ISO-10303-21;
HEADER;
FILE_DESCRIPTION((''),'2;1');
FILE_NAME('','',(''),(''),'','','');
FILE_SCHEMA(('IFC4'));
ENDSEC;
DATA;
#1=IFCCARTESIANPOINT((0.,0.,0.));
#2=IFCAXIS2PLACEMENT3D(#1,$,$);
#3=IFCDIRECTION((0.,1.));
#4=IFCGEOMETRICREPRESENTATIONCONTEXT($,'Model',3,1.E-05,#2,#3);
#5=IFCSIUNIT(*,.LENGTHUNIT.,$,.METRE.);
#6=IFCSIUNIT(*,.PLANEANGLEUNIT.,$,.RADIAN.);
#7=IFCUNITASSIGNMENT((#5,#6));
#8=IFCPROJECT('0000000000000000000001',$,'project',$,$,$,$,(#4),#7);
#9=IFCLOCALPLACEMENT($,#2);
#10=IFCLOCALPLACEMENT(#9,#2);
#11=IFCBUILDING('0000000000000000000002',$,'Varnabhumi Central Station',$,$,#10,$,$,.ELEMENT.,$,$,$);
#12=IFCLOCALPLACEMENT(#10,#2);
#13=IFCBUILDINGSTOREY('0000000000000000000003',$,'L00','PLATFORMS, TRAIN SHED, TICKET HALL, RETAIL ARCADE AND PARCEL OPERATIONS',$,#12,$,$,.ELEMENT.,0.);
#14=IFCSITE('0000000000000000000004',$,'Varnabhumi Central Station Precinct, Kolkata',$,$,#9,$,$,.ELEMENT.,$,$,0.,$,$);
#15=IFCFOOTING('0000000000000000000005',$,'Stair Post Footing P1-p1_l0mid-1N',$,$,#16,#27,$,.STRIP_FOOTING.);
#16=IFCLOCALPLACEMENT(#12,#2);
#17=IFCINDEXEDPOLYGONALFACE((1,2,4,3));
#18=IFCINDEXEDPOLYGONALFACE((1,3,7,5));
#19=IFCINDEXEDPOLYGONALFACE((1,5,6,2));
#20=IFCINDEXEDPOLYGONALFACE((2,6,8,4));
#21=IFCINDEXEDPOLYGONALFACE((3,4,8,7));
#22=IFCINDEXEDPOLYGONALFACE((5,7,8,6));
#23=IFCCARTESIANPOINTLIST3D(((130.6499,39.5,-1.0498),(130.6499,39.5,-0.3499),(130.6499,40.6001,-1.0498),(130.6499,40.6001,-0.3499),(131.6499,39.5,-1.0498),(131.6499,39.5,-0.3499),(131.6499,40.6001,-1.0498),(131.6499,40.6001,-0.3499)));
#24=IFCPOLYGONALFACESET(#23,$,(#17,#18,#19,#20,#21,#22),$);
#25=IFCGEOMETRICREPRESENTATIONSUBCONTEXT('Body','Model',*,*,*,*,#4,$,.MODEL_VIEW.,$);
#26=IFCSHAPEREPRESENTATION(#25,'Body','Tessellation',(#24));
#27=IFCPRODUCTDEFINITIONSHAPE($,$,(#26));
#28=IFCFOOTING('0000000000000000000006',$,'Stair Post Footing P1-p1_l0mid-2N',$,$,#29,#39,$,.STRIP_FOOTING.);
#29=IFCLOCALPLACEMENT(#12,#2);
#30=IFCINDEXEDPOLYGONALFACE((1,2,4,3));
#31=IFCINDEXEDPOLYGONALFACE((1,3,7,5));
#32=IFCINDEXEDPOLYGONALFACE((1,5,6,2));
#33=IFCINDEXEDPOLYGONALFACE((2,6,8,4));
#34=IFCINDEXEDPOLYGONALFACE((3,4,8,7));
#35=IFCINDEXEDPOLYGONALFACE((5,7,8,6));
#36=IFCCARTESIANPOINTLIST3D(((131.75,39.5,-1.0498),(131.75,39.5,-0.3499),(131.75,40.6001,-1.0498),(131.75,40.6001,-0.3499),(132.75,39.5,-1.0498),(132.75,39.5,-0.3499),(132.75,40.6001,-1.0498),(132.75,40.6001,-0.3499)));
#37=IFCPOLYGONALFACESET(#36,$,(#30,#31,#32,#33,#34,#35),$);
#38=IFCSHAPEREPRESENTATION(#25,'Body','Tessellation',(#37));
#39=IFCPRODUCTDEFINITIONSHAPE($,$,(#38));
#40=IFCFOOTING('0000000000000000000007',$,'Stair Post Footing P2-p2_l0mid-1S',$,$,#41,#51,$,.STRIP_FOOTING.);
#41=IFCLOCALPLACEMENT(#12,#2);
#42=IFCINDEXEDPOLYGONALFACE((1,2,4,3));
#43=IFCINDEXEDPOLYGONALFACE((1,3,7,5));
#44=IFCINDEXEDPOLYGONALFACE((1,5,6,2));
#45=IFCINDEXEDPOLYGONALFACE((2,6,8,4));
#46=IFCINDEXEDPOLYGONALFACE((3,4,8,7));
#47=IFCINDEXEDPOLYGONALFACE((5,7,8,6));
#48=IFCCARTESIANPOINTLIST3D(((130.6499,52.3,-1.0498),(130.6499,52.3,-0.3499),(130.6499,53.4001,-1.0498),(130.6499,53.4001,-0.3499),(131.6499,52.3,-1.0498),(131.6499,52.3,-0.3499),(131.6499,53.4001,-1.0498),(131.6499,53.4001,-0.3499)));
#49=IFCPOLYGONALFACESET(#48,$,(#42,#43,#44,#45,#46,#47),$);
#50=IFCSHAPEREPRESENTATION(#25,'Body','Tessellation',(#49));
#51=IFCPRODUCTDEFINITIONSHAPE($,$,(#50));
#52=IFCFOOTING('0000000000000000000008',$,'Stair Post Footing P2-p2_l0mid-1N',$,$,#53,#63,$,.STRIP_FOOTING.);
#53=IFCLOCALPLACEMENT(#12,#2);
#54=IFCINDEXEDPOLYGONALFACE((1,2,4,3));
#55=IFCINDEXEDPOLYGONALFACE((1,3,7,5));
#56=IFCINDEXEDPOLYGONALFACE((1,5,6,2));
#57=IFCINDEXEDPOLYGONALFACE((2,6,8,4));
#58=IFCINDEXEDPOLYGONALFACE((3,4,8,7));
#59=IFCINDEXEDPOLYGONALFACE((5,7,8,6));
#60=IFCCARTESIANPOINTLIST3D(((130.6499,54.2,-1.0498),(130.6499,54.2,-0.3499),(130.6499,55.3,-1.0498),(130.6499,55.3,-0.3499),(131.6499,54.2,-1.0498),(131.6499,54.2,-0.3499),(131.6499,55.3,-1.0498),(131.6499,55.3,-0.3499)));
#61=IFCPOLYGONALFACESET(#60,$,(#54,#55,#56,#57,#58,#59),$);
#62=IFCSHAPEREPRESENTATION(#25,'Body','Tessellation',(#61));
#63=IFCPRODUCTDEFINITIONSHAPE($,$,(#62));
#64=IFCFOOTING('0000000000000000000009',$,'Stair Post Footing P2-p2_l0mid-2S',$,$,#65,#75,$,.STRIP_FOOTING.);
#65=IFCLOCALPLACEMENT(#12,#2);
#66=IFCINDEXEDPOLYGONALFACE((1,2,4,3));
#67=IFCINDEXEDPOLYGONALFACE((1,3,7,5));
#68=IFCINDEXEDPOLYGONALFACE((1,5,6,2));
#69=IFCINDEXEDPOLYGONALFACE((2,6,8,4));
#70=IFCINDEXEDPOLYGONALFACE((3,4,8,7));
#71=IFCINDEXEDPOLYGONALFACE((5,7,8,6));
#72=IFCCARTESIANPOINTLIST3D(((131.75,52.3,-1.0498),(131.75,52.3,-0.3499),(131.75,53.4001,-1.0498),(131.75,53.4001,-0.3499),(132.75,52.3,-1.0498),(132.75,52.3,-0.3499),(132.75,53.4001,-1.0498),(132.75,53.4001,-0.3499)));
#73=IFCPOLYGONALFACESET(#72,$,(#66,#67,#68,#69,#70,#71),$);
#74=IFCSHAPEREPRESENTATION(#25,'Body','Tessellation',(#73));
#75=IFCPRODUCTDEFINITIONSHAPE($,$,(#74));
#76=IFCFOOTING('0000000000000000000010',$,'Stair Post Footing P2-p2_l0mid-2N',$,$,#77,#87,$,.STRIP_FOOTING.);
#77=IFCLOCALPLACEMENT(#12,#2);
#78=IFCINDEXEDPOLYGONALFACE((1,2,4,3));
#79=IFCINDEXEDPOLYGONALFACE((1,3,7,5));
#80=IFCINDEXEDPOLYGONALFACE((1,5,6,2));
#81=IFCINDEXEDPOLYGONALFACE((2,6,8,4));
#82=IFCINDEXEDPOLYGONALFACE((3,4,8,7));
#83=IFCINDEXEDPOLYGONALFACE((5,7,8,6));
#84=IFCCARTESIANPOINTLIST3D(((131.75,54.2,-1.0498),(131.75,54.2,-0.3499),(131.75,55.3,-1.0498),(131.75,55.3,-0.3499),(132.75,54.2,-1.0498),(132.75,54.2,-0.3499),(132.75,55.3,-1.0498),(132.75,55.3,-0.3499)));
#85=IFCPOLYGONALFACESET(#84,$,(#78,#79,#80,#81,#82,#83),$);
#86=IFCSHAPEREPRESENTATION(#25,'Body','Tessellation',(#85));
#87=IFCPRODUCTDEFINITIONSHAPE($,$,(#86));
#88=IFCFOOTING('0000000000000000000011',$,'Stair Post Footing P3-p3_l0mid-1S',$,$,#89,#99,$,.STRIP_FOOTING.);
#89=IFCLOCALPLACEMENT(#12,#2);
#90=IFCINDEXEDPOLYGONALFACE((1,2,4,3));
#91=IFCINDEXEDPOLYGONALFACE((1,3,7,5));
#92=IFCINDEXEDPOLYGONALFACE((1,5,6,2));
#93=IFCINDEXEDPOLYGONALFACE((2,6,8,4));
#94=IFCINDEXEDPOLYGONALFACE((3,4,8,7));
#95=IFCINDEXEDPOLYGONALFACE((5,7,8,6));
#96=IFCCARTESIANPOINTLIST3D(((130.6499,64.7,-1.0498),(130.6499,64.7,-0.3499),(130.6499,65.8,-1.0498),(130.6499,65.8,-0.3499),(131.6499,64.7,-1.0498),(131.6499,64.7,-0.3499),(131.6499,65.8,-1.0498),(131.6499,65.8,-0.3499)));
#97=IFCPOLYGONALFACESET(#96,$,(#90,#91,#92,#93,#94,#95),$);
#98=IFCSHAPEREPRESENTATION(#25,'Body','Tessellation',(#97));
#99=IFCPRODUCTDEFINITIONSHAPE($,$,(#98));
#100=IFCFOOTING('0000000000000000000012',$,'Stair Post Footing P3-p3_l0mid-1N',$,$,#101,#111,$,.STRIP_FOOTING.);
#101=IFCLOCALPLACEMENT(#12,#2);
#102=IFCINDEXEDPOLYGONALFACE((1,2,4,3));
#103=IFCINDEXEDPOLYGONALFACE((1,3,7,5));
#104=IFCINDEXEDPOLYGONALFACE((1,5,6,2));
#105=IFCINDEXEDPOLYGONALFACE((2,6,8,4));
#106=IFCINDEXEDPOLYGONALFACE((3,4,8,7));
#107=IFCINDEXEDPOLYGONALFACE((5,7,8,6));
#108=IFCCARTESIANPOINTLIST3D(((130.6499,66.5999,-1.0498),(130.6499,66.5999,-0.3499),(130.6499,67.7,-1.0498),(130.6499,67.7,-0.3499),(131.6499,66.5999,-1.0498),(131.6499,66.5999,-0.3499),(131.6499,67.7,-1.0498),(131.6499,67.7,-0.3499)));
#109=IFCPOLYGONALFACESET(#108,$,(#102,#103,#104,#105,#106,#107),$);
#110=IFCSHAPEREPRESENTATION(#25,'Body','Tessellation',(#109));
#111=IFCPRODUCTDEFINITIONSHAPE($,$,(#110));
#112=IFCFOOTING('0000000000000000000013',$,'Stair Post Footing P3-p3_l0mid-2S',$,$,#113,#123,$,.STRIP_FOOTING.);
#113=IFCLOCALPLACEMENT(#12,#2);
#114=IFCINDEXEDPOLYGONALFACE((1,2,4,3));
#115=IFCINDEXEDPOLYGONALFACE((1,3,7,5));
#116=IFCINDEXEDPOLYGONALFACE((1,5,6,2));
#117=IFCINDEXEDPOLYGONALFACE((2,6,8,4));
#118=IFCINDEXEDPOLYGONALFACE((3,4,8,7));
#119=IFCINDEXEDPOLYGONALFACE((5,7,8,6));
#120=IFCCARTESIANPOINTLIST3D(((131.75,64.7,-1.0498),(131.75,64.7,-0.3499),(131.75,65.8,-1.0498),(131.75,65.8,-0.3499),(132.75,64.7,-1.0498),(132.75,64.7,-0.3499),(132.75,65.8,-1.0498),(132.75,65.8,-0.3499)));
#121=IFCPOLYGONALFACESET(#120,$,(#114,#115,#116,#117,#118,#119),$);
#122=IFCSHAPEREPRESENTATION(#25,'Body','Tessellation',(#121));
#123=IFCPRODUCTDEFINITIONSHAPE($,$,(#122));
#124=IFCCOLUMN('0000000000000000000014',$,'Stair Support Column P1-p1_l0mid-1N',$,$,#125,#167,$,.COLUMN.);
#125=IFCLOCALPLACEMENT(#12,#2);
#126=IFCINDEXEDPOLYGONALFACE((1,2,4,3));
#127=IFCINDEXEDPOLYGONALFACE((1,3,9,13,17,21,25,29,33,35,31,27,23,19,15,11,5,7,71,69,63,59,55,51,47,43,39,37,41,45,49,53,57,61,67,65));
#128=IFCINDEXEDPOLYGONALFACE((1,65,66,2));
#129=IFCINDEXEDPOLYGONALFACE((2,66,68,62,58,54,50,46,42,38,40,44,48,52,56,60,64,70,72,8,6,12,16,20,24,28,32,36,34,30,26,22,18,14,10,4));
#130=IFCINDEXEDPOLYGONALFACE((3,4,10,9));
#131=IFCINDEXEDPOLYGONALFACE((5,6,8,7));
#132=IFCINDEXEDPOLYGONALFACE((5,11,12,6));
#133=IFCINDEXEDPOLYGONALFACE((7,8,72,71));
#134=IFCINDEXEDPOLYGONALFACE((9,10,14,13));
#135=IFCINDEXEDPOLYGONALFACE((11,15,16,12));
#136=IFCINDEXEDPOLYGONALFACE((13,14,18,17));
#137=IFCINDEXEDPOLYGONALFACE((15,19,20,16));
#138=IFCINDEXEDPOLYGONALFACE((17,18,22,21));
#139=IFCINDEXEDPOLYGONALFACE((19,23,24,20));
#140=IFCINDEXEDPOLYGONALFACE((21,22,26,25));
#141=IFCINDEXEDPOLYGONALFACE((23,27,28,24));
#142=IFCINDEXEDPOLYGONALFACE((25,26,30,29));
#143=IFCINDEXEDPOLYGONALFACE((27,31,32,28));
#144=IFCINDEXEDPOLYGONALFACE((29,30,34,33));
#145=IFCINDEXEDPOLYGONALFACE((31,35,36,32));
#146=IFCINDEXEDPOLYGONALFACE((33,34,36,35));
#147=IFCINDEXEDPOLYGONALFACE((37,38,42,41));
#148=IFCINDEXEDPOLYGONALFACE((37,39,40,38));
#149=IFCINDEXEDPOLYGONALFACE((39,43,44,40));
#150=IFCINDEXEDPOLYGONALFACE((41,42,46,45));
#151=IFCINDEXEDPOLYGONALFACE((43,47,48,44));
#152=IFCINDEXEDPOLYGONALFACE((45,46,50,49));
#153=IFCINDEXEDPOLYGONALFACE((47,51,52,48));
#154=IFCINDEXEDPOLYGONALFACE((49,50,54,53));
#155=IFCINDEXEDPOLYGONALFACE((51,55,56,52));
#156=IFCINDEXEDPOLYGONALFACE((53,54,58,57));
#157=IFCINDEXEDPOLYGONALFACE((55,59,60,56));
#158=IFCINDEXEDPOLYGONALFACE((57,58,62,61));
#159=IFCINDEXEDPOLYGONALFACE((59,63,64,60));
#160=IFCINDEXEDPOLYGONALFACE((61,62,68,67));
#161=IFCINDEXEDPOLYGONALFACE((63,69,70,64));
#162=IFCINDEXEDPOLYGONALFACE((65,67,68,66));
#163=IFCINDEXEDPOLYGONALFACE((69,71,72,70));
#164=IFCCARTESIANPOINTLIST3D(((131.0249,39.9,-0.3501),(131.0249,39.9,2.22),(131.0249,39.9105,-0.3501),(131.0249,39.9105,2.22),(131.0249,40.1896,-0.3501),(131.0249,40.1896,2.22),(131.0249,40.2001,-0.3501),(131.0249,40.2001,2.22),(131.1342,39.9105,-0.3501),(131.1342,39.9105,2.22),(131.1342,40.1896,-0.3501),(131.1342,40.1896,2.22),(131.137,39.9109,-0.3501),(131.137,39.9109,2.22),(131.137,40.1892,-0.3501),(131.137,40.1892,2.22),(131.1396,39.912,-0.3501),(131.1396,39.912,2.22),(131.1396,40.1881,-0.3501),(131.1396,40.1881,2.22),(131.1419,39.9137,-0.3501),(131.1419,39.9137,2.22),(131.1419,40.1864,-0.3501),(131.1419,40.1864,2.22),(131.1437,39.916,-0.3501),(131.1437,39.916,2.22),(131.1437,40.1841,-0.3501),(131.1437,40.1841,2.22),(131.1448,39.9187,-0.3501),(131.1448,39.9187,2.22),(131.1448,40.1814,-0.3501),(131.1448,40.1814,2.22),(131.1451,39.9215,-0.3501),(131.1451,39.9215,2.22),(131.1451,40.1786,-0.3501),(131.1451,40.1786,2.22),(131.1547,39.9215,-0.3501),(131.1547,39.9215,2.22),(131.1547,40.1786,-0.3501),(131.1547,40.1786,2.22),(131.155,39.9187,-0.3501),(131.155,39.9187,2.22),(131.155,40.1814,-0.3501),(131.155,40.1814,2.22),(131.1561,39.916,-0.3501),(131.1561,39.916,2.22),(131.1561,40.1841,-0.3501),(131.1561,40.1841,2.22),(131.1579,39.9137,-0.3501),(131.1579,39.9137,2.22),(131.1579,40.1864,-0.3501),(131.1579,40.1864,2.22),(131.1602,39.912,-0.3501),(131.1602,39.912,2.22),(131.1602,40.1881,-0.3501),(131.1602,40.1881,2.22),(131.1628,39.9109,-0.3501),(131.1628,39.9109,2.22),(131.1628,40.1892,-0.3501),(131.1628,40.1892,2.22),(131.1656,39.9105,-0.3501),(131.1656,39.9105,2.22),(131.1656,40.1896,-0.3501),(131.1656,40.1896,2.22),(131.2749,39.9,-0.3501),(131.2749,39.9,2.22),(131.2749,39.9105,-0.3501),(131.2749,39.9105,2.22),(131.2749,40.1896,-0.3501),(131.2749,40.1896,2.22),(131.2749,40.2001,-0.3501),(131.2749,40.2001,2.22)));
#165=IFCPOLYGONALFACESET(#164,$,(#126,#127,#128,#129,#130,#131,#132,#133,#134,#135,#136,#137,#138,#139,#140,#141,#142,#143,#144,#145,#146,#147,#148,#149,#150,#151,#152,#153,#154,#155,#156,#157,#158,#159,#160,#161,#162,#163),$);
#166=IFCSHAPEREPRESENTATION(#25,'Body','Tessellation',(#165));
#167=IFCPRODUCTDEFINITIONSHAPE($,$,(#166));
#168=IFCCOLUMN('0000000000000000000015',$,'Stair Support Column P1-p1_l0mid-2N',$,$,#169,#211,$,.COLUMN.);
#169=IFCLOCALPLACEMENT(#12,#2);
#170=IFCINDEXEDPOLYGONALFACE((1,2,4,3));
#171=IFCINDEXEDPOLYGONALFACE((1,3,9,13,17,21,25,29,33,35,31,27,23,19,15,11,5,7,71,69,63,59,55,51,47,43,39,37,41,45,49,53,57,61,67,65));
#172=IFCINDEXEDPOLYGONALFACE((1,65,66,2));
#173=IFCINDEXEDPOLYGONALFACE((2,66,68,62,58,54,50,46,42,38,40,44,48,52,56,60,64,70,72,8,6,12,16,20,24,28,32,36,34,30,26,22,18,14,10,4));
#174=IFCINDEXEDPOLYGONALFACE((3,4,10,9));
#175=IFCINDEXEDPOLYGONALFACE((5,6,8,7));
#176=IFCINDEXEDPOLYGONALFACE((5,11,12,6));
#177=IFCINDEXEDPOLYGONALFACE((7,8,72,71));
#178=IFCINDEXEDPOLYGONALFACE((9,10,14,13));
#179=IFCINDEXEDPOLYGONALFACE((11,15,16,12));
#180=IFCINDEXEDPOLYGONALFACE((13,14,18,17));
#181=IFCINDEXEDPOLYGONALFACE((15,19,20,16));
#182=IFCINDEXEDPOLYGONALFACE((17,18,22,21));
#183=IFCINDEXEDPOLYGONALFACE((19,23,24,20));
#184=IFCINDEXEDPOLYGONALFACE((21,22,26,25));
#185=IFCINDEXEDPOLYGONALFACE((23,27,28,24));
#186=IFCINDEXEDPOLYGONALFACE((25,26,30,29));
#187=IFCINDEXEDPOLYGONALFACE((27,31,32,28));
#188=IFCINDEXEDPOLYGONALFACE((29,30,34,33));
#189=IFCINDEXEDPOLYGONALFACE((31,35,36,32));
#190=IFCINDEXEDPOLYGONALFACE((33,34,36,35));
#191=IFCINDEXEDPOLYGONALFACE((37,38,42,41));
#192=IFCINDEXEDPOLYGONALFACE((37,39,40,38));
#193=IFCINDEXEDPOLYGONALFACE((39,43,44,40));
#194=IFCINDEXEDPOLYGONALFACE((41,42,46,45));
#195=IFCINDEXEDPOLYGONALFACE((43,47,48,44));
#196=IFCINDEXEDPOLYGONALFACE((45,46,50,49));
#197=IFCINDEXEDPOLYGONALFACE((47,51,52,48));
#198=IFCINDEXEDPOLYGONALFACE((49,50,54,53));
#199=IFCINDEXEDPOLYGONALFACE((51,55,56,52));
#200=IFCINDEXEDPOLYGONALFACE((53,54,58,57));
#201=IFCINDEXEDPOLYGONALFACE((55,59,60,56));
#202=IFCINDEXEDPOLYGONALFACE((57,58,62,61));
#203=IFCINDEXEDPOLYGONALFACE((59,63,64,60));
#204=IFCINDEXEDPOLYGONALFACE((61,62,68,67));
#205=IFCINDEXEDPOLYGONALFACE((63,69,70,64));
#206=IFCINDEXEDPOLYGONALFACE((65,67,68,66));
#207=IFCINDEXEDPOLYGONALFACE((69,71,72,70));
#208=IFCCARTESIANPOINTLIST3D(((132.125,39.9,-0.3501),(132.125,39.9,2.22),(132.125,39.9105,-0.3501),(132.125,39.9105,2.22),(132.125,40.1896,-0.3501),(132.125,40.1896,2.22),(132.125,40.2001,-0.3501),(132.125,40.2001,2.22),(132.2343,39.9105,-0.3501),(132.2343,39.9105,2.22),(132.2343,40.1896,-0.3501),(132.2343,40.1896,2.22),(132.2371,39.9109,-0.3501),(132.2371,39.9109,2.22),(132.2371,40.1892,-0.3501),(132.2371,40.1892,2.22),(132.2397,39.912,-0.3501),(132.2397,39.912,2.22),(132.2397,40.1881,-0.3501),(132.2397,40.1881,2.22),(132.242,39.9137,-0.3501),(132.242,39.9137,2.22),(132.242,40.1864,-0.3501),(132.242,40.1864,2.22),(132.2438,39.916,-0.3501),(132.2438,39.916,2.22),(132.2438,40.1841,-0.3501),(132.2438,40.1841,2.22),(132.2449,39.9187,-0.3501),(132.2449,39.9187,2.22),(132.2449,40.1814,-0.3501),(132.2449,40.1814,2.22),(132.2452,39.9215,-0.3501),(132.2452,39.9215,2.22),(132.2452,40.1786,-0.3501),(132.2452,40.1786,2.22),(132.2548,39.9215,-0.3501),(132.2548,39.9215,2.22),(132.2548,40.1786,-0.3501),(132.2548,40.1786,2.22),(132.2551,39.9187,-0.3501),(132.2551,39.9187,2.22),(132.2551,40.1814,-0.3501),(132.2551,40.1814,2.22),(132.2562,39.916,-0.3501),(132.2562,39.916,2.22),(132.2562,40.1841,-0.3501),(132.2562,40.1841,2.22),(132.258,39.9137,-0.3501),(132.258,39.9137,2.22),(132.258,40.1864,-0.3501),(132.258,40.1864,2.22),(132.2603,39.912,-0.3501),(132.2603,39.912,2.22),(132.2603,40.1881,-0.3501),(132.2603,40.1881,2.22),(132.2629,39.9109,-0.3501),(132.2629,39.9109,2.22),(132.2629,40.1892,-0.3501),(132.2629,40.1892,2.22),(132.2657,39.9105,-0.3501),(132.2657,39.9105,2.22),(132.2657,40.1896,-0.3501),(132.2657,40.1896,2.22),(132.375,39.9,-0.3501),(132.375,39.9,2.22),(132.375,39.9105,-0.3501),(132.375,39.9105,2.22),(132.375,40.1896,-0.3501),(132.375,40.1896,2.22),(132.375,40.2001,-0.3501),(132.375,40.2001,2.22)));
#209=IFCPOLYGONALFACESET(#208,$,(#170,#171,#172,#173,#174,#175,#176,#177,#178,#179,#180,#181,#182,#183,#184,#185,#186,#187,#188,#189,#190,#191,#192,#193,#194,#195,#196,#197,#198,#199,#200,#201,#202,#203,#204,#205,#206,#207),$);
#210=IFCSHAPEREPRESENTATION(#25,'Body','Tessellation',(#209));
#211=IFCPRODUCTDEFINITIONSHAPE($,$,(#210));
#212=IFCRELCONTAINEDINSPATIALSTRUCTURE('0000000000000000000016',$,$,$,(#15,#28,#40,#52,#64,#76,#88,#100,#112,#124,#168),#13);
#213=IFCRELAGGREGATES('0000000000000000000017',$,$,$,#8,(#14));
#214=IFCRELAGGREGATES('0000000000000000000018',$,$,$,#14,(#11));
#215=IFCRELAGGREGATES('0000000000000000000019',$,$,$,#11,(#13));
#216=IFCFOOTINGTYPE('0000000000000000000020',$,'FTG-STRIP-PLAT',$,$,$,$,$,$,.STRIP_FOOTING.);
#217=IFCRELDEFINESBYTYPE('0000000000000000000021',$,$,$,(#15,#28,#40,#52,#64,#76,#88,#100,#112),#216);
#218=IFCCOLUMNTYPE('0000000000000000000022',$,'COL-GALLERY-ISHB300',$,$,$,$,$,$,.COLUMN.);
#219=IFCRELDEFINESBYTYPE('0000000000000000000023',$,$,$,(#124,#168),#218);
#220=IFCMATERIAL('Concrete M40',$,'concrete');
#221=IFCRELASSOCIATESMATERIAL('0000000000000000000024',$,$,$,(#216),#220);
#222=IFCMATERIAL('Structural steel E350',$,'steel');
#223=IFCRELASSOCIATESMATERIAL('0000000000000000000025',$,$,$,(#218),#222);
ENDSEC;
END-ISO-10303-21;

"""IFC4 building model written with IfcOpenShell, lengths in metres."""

from ifc_helpers import new_model, si_unit, direction, frame, origin, origin_2d, place, context, subcontext, project, spatial, rectangle, i_section, extrude, material, material_profile, profile_set, type_object, element, save


model = new_model("IFC4")

# Units and contexts
model_context = context("Model", 3, precision=1e-05, world=origin(), true_north=direction((0.0, 1.0)))
body_context = subcontext(model_context, "Body", "Model", "MODEL_VIEW")
ifc_project = project(units=[si_unit("LENGTHUNIT", "METRE"), si_unit("PLANEANGLEUNIT", "RADIAN")], contexts=[model_context])

# Site, building, storey
site_placement = place(None, origin())
site = spatial("IfcSite", under=ifc_project, at=site_placement, Name="Varnabhumi Central Station Precinct, Kolkata", CompositionType="ELEMENT", RefElevation=0.0)
building_placement = place(site_placement, origin())
building = spatial("IfcBuilding", under=site, at=building_placement, Name="Varnabhumi Central Station", CompositionType="ELEMENT")
storey_placement = place(building_placement, origin())
storey = spatial("IfcBuildingStorey", under=building, at=storey_placement, Name="L00", Description="PLATFORMS, TRAIN SHED, TICKET HALL, RETAIL ARCADE AND PARCEL OPERATIONS", CompositionType="ELEMENT", Elevation=0.0)

# Footings
ifc_material_1 = material(Name="Concrete M40", Category="concrete")
footing_type = type_object("IfcFootingType", Name="FTG-STRIP-PLAT", PredefinedType="STRIP_FOOTING", material=ifc_material_1)
for number, where, z_axis, x_axis, name in (
    (1, (131.1499, 40.05, -1.0498), (0.0, 0.0, 1.0), (1.0, 0.0, 0.0), "Stair Post Footing P1-p1_l0mid-1N"),
    (2, (132.25, 40.05, -1.0498), (0.0, 0.0, 1.0), (1.0, 0.0, 0.0), "Stair Post Footing P1-p1_l0mid-2N"),
    (3, (131.1499, 52.8501, -1.0498), (0.0, 0.0, 1.0), (1.0, 0.0, 0.0), "Stair Post Footing P2-p2_l0mid-1S"),
    (4, (131.1499, 54.75, -1.0498), (0.0, 0.0, 1.0), (1.0, 0.0, 0.0), "Stair Post Footing P2-p2_l0mid-1N"),
    (5, (132.25, 52.8501, -1.0498), (0.0, 0.0, 1.0), (1.0, 0.0, 0.0), "Stair Post Footing P2-p2_l0mid-2S"),
    (6, (132.25, 54.75, -1.0498), (0.0, 0.0, 1.0), (1.0, 0.0, 0.0), "Stair Post Footing P2-p2_l0mid-2N"),
    (7, (131.1499, 65.25, -1.0498), (0.0, 0.0, 1.0), (1.0, 0.0, 0.0), "Stair Post Footing P3-p3_l0mid-1S"),
    (8, (131.1499, 67.1499, -1.0498), (0.0, 0.0, 1.0), (1.0, 0.0, 0.0), "Stair Post Footing P3-p3_l0mid-1N"),
    (9, (132.25, 65.25, -1.0498), (0.0, 0.0, 1.0), (1.0, 0.0, 0.0), "Stair Post Footing P3-p3_l0mid-2S"),
):
    element("IfcFooting", number, at=place(storey_placement, frame(where, z_axis=z_axis, x_axis=x_axis)), inside=storey, type_object=footing_type, Name=name, PredefinedType="STRIP_FOOTING", context=body_context, shape_type="SweptSolid", body=[
        extrude(rectangle(XDim=1.0, YDim=1.1001, at=origin_2d()), origin(), (0.0, 0.0, 1.0), 0.7),
    ])

# Columns
ifc_material_2 = material(Name="Structural steel E350", Category="steel")
ifc_material_profile_1 = material_profile(ifc_material_2, i_section(OverallWidth=0.25, OverallDepth=0.3, WebThickness=0.0095, FlangeThickness=0.0105, FilletRadius=0.011, at=origin_2d()), Name="Structural steel E350", Category="steel")
ifc_profile_set_1 = profile_set([ifc_material_profile_1], Name="Structural steel E350")
column_type = type_object("IfcColumnType", Name="COL-GALLERY-ISHB300", PredefinedType="COLUMN", material=ifc_profile_set_1)
for number, where, z_axis, x_axis, name in (
    (10, (131.1499, 40.05, -0.3501), (0.0, 0.0, 1.0), (1.0, 0.0, 0.0), "Stair Support Column P1-p1_l0mid-1N"),
    (11, (132.25, 40.05, -0.3501), (0.0, 0.0, 1.0), (1.0, 0.0, 0.0), "Stair Support Column P1-p1_l0mid-2N"),
):
    element("IfcColumn", number, at=place(storey_placement, frame(where, z_axis=z_axis, x_axis=x_axis)), inside=storey, type_object=column_type, Name=name, PredefinedType="COLUMN", context=body_context, shape_type="SweptSolid", body=[
        extrude(i_section(OverallWidth=0.25, OverallDepth=0.3, WebThickness=0.0095, FlangeThickness=0.0105, FilletRadius=0.011, at=origin_2d()), origin(), (0.0, 0.0, 1.0), 2.5701),
    ])

save(model, "model.ifc")
